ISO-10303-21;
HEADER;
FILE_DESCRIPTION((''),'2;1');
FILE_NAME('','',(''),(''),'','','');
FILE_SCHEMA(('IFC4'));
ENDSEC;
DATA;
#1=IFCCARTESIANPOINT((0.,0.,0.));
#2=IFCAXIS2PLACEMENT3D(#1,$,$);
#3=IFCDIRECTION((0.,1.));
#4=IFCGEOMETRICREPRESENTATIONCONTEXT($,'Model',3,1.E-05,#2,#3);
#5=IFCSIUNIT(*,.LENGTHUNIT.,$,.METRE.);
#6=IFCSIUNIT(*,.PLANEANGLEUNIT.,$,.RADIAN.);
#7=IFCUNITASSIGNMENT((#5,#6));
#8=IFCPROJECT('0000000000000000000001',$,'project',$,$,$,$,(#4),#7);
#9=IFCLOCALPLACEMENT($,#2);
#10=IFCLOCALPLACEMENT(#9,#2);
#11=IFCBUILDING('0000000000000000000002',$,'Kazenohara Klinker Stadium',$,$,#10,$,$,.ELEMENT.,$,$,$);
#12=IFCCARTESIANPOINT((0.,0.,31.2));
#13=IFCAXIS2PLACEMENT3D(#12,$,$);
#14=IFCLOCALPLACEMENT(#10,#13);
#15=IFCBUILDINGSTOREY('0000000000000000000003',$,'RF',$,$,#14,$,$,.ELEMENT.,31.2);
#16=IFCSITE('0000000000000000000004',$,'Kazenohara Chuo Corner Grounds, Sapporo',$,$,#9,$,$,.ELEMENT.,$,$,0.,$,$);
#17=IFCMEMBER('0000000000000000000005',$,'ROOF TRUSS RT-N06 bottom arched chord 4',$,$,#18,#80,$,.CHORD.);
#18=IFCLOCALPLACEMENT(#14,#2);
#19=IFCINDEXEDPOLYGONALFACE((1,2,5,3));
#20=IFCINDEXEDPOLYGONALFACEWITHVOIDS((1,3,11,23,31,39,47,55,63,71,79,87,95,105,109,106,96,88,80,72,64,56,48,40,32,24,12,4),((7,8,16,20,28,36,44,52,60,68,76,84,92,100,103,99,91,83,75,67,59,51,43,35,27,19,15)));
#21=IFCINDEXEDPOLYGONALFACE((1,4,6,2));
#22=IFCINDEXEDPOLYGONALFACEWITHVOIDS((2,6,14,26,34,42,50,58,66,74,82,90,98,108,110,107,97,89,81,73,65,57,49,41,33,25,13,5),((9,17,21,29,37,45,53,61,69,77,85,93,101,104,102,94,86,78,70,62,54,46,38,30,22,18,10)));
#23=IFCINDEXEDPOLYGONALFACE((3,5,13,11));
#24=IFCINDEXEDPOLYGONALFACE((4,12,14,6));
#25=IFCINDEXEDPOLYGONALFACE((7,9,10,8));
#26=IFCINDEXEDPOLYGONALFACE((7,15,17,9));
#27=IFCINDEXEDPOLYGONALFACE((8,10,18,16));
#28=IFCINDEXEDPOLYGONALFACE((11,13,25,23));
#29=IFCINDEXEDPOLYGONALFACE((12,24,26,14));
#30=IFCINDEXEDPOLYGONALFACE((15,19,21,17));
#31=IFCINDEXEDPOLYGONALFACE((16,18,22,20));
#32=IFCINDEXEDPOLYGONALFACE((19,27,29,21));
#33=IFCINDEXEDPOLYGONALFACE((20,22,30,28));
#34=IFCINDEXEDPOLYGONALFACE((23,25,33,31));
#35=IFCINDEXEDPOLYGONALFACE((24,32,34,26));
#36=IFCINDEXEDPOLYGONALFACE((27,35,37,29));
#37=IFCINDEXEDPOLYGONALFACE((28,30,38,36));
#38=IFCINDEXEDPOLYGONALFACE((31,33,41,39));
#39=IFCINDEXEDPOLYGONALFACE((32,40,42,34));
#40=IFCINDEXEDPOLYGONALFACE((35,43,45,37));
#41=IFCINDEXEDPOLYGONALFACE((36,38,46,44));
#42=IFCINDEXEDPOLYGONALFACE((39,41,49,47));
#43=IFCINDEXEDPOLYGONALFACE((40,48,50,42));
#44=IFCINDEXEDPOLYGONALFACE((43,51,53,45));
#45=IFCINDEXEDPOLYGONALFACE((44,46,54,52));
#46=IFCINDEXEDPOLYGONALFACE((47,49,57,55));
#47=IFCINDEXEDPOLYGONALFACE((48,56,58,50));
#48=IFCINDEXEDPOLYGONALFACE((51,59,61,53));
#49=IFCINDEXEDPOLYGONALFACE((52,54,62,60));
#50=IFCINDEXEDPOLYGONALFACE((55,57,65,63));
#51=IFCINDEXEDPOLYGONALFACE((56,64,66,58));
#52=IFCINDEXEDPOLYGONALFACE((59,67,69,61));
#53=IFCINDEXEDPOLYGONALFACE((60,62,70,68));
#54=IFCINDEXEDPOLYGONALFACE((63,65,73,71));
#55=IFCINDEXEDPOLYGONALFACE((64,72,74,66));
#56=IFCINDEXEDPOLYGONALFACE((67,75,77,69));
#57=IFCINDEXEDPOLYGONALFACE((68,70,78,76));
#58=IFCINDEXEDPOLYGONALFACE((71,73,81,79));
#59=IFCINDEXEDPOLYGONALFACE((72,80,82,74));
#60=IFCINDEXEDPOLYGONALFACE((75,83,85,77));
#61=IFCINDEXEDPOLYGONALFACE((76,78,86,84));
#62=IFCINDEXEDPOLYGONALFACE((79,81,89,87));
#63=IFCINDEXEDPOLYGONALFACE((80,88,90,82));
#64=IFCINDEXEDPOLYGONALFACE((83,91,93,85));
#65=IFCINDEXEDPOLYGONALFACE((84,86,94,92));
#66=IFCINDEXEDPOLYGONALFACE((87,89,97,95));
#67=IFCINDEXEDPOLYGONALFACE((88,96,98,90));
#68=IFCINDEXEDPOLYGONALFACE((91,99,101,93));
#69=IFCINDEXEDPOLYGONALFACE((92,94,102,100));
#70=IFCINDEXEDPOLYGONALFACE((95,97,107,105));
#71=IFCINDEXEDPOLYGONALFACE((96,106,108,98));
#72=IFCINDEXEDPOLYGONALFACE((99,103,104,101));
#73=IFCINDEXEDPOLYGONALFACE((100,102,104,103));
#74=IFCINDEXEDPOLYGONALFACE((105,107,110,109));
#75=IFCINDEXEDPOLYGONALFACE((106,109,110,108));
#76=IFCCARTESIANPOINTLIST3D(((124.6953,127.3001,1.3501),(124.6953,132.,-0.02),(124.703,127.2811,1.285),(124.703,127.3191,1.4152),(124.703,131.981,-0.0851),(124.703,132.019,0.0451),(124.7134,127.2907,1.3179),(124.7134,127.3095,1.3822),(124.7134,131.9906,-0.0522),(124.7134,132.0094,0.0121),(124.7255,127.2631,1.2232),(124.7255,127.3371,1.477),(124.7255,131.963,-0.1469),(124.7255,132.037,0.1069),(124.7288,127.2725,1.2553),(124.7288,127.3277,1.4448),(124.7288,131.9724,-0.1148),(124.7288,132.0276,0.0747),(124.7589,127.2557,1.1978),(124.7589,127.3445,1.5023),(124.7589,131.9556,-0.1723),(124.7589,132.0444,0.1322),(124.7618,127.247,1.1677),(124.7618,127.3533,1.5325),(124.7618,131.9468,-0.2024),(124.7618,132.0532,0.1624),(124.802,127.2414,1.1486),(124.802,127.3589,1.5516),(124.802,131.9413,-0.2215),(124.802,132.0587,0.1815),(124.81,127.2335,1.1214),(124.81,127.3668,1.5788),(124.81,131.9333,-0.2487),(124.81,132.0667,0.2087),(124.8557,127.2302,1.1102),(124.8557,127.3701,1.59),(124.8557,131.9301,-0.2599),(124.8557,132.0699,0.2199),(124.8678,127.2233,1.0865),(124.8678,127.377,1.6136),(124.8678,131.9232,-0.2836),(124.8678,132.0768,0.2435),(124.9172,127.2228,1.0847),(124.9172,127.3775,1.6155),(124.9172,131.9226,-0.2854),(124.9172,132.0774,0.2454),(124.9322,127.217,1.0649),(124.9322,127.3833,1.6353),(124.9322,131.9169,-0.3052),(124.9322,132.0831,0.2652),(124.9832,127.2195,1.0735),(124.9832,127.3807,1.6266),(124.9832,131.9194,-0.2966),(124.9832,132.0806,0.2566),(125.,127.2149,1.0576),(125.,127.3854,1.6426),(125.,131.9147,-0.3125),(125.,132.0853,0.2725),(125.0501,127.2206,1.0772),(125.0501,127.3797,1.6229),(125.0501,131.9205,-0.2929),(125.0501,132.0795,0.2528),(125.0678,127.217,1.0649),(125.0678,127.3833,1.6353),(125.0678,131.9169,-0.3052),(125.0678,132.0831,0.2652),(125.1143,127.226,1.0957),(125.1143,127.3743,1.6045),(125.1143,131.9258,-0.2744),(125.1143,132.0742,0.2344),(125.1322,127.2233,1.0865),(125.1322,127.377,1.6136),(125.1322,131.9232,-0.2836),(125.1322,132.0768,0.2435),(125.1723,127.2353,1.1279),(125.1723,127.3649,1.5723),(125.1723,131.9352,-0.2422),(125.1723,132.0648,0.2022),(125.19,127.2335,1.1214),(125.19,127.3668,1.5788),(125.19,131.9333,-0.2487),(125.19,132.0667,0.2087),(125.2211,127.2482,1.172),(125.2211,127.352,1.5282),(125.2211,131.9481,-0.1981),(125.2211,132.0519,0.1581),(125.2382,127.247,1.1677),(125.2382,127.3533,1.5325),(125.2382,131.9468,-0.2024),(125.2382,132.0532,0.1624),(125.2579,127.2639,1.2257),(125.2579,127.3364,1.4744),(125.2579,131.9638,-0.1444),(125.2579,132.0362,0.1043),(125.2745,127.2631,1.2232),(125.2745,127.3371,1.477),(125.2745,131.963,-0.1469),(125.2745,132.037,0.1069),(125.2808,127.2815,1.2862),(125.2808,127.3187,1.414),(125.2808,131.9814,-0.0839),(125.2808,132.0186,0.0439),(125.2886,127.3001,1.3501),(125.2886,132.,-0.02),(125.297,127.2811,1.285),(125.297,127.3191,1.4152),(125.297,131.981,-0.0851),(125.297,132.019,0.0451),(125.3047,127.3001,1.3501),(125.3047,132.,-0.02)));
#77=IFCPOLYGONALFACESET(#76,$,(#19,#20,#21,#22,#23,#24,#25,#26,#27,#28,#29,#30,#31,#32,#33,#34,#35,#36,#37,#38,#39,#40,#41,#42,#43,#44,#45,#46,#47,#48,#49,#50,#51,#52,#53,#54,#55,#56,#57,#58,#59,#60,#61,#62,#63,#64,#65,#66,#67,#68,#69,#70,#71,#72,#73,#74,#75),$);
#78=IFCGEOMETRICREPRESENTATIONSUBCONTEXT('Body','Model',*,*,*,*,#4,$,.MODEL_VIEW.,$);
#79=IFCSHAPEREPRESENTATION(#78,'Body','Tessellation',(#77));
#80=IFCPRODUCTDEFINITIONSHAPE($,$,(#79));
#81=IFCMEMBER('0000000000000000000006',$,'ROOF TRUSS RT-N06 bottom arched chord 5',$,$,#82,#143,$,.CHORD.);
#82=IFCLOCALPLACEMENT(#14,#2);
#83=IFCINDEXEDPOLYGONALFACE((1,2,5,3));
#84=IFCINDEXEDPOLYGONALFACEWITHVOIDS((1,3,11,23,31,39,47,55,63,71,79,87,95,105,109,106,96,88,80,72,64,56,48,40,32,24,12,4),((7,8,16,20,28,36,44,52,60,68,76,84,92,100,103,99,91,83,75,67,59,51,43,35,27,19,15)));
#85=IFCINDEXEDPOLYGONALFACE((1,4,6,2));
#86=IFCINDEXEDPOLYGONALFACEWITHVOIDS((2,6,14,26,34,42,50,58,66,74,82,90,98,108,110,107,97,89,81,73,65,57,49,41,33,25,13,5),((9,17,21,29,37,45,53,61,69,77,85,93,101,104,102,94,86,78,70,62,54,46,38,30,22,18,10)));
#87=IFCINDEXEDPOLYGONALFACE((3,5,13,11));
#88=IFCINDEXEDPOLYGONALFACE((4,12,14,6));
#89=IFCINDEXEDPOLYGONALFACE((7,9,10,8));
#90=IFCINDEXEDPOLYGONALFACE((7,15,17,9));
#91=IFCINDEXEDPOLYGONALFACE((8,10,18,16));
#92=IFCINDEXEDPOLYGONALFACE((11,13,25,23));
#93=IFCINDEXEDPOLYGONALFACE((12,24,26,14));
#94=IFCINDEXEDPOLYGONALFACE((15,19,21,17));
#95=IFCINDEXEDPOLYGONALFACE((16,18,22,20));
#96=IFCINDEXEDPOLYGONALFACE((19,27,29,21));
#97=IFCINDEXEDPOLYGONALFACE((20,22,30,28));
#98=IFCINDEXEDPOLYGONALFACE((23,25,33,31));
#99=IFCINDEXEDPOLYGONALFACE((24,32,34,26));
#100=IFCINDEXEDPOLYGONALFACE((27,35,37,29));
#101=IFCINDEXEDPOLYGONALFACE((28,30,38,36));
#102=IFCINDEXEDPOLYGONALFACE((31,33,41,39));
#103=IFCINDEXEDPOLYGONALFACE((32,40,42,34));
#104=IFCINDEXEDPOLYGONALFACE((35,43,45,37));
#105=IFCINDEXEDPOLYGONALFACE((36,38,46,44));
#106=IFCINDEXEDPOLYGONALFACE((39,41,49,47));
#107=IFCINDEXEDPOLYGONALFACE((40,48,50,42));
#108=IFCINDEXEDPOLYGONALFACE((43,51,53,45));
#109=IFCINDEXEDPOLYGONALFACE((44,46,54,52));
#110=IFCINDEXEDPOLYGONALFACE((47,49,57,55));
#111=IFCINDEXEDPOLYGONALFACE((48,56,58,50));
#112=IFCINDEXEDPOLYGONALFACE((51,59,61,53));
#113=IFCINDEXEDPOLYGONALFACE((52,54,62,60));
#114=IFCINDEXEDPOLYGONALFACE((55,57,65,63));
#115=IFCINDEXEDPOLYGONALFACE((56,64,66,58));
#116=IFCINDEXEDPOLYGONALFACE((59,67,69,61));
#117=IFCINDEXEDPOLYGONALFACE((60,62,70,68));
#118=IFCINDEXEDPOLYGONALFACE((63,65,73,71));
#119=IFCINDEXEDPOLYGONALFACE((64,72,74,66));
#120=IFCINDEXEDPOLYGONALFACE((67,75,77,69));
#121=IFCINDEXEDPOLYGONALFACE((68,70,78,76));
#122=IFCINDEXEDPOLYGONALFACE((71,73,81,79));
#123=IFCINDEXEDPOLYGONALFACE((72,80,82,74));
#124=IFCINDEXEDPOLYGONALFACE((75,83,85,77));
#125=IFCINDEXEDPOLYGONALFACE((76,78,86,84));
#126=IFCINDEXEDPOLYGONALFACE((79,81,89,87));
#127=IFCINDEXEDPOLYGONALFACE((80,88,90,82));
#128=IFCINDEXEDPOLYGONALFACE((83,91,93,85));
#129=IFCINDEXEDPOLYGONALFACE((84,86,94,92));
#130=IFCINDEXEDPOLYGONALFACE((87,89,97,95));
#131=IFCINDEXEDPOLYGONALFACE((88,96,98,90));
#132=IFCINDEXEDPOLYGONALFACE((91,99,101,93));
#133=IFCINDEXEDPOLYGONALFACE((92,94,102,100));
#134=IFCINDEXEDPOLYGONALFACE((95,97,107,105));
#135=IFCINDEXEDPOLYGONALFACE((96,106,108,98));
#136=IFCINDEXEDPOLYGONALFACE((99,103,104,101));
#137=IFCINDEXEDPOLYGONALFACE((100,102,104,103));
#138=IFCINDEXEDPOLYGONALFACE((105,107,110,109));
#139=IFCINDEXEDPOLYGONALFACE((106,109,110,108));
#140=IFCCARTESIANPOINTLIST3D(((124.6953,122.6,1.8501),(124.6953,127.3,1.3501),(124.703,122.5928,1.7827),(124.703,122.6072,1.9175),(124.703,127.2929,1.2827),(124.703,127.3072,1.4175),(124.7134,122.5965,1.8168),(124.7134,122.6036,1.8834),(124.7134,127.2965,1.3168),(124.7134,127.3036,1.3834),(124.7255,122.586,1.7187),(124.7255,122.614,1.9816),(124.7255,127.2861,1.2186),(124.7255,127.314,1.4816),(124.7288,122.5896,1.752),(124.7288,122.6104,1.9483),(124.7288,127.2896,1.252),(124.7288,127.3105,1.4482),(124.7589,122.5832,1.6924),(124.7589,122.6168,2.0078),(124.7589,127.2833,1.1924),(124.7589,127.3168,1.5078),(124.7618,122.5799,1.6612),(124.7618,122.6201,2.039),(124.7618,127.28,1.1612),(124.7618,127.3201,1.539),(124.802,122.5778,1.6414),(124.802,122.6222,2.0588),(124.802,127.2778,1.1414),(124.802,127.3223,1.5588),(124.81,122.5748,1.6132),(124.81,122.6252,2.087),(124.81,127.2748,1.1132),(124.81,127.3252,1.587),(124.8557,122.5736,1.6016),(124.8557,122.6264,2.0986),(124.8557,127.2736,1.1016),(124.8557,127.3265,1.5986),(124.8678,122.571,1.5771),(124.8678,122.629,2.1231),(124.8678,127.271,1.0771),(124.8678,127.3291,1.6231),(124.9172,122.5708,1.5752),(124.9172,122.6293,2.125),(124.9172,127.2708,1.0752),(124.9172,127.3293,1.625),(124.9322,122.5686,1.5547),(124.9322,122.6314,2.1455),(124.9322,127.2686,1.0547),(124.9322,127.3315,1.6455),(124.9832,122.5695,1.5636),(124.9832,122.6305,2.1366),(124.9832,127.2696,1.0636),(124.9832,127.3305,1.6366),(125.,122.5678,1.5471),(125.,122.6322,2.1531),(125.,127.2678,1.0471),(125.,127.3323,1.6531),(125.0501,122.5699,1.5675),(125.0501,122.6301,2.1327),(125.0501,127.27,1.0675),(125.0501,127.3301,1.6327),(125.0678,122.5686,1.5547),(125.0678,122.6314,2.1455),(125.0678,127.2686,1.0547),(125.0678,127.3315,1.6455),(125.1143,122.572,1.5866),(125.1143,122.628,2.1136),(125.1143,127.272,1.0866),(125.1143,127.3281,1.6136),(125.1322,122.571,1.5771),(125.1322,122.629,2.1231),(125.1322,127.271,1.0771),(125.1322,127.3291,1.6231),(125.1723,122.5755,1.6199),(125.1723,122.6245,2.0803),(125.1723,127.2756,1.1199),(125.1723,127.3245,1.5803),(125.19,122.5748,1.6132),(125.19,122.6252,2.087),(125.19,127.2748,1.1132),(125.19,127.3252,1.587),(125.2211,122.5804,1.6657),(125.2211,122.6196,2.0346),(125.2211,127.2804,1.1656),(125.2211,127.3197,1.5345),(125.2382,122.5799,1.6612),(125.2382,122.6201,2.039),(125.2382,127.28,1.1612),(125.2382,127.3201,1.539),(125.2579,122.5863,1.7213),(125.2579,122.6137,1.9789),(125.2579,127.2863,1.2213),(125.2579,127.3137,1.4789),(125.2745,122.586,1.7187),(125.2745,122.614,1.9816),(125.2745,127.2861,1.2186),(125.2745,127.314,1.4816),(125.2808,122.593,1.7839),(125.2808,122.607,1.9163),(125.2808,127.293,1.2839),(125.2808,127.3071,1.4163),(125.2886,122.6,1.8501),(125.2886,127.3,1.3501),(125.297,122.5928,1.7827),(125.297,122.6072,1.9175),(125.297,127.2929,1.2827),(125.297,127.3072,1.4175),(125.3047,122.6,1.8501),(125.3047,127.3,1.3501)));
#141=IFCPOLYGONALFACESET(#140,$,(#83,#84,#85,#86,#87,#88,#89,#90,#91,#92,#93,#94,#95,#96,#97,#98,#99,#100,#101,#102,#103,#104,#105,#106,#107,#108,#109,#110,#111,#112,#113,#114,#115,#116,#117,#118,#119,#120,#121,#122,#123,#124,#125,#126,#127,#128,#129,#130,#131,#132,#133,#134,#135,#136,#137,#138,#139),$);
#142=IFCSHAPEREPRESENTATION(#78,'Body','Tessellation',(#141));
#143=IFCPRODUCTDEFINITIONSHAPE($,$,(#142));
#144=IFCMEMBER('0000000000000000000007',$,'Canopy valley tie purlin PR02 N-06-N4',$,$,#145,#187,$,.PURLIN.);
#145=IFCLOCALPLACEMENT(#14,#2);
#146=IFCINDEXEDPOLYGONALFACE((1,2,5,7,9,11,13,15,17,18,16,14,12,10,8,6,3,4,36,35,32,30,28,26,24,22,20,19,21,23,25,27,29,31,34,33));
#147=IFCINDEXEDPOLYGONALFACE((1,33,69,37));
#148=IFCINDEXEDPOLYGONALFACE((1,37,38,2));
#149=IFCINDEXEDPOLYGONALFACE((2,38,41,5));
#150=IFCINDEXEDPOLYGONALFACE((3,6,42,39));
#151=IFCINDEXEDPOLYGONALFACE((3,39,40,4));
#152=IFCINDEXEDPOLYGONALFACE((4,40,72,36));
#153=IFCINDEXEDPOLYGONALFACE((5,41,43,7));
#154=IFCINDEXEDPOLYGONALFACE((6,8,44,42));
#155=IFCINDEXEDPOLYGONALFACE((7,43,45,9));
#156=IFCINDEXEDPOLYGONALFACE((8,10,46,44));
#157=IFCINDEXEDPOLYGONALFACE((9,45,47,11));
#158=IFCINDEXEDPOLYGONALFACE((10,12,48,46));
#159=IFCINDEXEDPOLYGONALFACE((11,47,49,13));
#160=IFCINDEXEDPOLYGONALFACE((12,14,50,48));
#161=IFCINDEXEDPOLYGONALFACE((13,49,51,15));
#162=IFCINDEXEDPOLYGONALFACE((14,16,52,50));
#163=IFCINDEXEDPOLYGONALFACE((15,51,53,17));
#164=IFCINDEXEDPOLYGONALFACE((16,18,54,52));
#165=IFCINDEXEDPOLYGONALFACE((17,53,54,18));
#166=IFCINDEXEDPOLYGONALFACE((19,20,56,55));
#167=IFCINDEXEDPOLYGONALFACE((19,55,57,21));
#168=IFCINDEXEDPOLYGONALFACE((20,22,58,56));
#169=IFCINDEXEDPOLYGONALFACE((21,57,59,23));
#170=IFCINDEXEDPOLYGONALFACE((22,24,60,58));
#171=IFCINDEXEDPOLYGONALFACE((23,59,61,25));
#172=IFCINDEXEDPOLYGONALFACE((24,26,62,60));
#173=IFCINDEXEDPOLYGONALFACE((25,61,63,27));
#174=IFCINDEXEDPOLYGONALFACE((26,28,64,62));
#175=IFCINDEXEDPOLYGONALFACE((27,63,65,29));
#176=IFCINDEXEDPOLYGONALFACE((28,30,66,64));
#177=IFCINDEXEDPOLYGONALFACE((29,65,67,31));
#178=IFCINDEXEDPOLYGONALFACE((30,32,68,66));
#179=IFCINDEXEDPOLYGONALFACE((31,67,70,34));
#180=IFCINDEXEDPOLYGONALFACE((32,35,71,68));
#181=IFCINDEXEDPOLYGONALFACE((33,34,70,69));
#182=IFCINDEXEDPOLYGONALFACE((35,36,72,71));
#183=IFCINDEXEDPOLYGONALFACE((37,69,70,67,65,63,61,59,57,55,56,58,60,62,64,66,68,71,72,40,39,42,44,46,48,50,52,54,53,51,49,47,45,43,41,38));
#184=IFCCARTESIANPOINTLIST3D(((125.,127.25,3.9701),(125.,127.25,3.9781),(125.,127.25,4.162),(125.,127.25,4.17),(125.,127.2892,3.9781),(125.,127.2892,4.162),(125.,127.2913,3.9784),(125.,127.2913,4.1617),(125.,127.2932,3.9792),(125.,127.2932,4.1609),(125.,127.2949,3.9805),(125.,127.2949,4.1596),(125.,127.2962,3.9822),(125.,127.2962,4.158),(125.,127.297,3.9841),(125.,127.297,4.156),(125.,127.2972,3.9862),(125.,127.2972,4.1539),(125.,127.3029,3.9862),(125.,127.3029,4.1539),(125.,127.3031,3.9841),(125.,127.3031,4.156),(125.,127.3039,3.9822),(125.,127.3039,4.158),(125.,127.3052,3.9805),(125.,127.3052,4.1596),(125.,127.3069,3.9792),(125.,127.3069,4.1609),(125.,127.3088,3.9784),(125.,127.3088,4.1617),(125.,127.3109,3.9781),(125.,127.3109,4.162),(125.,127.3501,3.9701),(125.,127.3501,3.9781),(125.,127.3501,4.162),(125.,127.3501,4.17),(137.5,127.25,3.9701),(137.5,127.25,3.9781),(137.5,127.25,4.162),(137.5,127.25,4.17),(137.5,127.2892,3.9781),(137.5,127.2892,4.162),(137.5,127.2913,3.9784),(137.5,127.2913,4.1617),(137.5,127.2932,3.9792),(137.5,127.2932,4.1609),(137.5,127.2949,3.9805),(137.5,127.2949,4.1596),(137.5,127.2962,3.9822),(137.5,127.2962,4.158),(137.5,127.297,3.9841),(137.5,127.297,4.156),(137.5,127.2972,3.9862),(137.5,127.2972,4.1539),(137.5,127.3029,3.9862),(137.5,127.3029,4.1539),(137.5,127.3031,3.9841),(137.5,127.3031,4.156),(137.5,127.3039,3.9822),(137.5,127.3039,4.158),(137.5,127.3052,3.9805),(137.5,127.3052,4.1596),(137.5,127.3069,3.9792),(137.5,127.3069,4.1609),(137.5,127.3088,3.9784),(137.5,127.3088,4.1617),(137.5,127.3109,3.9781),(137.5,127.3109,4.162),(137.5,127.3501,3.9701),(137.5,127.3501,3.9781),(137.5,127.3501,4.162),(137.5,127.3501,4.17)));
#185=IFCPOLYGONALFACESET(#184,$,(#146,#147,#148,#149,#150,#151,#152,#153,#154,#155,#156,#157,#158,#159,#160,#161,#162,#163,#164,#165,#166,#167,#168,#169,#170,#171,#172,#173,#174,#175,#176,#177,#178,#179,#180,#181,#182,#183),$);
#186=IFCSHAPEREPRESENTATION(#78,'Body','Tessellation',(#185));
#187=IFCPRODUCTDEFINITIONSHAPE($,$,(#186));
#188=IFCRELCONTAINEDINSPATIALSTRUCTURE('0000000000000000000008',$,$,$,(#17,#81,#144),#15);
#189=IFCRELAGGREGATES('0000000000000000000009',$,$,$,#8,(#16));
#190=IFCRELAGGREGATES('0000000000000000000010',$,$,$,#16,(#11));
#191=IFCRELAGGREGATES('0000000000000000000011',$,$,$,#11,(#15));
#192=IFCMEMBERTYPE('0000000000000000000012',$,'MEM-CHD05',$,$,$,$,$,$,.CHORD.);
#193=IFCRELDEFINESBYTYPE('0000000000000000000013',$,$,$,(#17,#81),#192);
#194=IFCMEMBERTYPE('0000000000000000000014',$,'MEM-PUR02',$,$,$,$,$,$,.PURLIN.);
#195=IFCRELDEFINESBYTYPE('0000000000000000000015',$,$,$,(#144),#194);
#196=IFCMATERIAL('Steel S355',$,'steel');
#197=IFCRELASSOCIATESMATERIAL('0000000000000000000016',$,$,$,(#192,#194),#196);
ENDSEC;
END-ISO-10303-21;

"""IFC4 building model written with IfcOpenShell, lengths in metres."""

from ifc_helpers import new_model, si_unit, direction, frame, origin, origin_2d, place, context, subcontext, project, spatial, hollow_circle, i_section, extrude, material, material_profile, profile_set, type_object, element, save


model = new_model("IFC4")

# Units and contexts
model_context = context("Model", 3, precision=1e-05, world=origin(), true_north=direction((0.0, 1.0)))
body_context = subcontext(model_context, "Body", "Model", "MODEL_VIEW")
ifc_project = project(units=[si_unit("LENGTHUNIT", "METRE"), si_unit("PLANEANGLEUNIT", "RADIAN")], contexts=[model_context])

# Site, building, storey
site_placement = place(None, origin())
site = spatial("IfcSite", under=ifc_project, at=site_placement, Name="Kazenohara Chuo Corner Grounds, Sapporo", CompositionType="ELEMENT", RefElevation=0.0)
building_placement = place(site_placement, origin())
building = spatial("IfcBuilding", under=site, at=building_placement, Name="Kazenohara Klinker Stadium", CompositionType="ELEMENT")
storey_placement = place(building_placement, frame((0.0, 0.0, 31.2)))
storey = spatial("IfcBuildingStorey", under=building, at=storey_placement, Name="RF", CompositionType="ELEMENT", Elevation=31.2)

# Members
ifc_material_1 = material(Name="Steel S355", Category="steel")
ifc_material_profile_1 = material_profile(ifc_material_1, hollow_circle(Radius=0.3047, WallThickness=0.0161, at=origin_2d()), Name="CHS-609.6x16")
ifc_profile_set_1 = profile_set([ifc_material_profile_1], Name="Steel S355")
member_type_1 = type_object("IfcMemberType", Name="MEM-CHD05", PredefinedType="CHORD", material=ifc_profile_set_1)
member_1_placement = place(storey_placement, frame((125.0, 132.0, -0.02), z_axis=(0.0, -0.960039, 0.279868), x_axis=(1.0, 0.0, 0.0)))
element("IfcMember", 1, at=member_1_placement, inside=storey, type_object=member_type_1, Name="ROOF TRUSS RT-N06 bottom arched chord 4", PredefinedType="CHORD", context=body_context, shape_type="SweptSolid", body=[
    extrude(hollow_circle(Radius=0.3047, WallThickness=0.0161, at=origin_2d()), origin(), (0.0, 0.0, 1.0), 4.8955),
])
member_2_placement = place(storey_placement, frame((125.0, 127.3, 1.3501), z_axis=(0.0, -0.994389, 0.105787), x_axis=(1.0, 0.0, 0.0)))
element("IfcMember", 2, at=member_2_placement, inside=storey, type_object=member_type_1, Name="ROOF TRUSS RT-N06 bottom arched chord 5", PredefinedType="CHORD", context=body_context, shape_type="SweptSolid", body=[
    extrude(hollow_circle(Radius=0.3047, WallThickness=0.0161, at=origin_2d()), origin(), (0.0, 0.0, 1.0), 4.7266),
])
ifc_material_profile_2 = material_profile(ifc_material_1, i_section(OverallWidth=0.1001, OverallDepth=0.2, WebThickness=0.0056, FlangeThickness=0.0081, FilletRadius=0.0081, at=origin_2d()), Name="H-200x100x5.5x8")
ifc_profile_set_2 = profile_set([ifc_material_profile_2], Name="Steel S355")
member_type_2 = type_object("IfcMemberType", Name="MEM-PUR02", PredefinedType="PURLIN", material=ifc_profile_set_2)
member_3_placement = place(storey_placement, frame((125.0, 127.3, 4.0701), z_axis=(1.0, 0.0, 0.0), x_axis=(0.0, 1.0, 0.0)))
element("IfcMember", 3, at=member_3_placement, inside=storey, type_object=member_type_2, Name="Canopy valley tie purlin PR02 N-06-N4", PredefinedType="PURLIN", context=body_context, shape_type="SweptSolid", body=[
    extrude(i_section(OverallWidth=0.1001, OverallDepth=0.2, WebThickness=0.0056, FlangeThickness=0.0081, FilletRadius=0.0081, at=origin_2d()), origin(), (0.0, 0.0, 1.0), 12.5),
])

save(model, "model.ifc")
